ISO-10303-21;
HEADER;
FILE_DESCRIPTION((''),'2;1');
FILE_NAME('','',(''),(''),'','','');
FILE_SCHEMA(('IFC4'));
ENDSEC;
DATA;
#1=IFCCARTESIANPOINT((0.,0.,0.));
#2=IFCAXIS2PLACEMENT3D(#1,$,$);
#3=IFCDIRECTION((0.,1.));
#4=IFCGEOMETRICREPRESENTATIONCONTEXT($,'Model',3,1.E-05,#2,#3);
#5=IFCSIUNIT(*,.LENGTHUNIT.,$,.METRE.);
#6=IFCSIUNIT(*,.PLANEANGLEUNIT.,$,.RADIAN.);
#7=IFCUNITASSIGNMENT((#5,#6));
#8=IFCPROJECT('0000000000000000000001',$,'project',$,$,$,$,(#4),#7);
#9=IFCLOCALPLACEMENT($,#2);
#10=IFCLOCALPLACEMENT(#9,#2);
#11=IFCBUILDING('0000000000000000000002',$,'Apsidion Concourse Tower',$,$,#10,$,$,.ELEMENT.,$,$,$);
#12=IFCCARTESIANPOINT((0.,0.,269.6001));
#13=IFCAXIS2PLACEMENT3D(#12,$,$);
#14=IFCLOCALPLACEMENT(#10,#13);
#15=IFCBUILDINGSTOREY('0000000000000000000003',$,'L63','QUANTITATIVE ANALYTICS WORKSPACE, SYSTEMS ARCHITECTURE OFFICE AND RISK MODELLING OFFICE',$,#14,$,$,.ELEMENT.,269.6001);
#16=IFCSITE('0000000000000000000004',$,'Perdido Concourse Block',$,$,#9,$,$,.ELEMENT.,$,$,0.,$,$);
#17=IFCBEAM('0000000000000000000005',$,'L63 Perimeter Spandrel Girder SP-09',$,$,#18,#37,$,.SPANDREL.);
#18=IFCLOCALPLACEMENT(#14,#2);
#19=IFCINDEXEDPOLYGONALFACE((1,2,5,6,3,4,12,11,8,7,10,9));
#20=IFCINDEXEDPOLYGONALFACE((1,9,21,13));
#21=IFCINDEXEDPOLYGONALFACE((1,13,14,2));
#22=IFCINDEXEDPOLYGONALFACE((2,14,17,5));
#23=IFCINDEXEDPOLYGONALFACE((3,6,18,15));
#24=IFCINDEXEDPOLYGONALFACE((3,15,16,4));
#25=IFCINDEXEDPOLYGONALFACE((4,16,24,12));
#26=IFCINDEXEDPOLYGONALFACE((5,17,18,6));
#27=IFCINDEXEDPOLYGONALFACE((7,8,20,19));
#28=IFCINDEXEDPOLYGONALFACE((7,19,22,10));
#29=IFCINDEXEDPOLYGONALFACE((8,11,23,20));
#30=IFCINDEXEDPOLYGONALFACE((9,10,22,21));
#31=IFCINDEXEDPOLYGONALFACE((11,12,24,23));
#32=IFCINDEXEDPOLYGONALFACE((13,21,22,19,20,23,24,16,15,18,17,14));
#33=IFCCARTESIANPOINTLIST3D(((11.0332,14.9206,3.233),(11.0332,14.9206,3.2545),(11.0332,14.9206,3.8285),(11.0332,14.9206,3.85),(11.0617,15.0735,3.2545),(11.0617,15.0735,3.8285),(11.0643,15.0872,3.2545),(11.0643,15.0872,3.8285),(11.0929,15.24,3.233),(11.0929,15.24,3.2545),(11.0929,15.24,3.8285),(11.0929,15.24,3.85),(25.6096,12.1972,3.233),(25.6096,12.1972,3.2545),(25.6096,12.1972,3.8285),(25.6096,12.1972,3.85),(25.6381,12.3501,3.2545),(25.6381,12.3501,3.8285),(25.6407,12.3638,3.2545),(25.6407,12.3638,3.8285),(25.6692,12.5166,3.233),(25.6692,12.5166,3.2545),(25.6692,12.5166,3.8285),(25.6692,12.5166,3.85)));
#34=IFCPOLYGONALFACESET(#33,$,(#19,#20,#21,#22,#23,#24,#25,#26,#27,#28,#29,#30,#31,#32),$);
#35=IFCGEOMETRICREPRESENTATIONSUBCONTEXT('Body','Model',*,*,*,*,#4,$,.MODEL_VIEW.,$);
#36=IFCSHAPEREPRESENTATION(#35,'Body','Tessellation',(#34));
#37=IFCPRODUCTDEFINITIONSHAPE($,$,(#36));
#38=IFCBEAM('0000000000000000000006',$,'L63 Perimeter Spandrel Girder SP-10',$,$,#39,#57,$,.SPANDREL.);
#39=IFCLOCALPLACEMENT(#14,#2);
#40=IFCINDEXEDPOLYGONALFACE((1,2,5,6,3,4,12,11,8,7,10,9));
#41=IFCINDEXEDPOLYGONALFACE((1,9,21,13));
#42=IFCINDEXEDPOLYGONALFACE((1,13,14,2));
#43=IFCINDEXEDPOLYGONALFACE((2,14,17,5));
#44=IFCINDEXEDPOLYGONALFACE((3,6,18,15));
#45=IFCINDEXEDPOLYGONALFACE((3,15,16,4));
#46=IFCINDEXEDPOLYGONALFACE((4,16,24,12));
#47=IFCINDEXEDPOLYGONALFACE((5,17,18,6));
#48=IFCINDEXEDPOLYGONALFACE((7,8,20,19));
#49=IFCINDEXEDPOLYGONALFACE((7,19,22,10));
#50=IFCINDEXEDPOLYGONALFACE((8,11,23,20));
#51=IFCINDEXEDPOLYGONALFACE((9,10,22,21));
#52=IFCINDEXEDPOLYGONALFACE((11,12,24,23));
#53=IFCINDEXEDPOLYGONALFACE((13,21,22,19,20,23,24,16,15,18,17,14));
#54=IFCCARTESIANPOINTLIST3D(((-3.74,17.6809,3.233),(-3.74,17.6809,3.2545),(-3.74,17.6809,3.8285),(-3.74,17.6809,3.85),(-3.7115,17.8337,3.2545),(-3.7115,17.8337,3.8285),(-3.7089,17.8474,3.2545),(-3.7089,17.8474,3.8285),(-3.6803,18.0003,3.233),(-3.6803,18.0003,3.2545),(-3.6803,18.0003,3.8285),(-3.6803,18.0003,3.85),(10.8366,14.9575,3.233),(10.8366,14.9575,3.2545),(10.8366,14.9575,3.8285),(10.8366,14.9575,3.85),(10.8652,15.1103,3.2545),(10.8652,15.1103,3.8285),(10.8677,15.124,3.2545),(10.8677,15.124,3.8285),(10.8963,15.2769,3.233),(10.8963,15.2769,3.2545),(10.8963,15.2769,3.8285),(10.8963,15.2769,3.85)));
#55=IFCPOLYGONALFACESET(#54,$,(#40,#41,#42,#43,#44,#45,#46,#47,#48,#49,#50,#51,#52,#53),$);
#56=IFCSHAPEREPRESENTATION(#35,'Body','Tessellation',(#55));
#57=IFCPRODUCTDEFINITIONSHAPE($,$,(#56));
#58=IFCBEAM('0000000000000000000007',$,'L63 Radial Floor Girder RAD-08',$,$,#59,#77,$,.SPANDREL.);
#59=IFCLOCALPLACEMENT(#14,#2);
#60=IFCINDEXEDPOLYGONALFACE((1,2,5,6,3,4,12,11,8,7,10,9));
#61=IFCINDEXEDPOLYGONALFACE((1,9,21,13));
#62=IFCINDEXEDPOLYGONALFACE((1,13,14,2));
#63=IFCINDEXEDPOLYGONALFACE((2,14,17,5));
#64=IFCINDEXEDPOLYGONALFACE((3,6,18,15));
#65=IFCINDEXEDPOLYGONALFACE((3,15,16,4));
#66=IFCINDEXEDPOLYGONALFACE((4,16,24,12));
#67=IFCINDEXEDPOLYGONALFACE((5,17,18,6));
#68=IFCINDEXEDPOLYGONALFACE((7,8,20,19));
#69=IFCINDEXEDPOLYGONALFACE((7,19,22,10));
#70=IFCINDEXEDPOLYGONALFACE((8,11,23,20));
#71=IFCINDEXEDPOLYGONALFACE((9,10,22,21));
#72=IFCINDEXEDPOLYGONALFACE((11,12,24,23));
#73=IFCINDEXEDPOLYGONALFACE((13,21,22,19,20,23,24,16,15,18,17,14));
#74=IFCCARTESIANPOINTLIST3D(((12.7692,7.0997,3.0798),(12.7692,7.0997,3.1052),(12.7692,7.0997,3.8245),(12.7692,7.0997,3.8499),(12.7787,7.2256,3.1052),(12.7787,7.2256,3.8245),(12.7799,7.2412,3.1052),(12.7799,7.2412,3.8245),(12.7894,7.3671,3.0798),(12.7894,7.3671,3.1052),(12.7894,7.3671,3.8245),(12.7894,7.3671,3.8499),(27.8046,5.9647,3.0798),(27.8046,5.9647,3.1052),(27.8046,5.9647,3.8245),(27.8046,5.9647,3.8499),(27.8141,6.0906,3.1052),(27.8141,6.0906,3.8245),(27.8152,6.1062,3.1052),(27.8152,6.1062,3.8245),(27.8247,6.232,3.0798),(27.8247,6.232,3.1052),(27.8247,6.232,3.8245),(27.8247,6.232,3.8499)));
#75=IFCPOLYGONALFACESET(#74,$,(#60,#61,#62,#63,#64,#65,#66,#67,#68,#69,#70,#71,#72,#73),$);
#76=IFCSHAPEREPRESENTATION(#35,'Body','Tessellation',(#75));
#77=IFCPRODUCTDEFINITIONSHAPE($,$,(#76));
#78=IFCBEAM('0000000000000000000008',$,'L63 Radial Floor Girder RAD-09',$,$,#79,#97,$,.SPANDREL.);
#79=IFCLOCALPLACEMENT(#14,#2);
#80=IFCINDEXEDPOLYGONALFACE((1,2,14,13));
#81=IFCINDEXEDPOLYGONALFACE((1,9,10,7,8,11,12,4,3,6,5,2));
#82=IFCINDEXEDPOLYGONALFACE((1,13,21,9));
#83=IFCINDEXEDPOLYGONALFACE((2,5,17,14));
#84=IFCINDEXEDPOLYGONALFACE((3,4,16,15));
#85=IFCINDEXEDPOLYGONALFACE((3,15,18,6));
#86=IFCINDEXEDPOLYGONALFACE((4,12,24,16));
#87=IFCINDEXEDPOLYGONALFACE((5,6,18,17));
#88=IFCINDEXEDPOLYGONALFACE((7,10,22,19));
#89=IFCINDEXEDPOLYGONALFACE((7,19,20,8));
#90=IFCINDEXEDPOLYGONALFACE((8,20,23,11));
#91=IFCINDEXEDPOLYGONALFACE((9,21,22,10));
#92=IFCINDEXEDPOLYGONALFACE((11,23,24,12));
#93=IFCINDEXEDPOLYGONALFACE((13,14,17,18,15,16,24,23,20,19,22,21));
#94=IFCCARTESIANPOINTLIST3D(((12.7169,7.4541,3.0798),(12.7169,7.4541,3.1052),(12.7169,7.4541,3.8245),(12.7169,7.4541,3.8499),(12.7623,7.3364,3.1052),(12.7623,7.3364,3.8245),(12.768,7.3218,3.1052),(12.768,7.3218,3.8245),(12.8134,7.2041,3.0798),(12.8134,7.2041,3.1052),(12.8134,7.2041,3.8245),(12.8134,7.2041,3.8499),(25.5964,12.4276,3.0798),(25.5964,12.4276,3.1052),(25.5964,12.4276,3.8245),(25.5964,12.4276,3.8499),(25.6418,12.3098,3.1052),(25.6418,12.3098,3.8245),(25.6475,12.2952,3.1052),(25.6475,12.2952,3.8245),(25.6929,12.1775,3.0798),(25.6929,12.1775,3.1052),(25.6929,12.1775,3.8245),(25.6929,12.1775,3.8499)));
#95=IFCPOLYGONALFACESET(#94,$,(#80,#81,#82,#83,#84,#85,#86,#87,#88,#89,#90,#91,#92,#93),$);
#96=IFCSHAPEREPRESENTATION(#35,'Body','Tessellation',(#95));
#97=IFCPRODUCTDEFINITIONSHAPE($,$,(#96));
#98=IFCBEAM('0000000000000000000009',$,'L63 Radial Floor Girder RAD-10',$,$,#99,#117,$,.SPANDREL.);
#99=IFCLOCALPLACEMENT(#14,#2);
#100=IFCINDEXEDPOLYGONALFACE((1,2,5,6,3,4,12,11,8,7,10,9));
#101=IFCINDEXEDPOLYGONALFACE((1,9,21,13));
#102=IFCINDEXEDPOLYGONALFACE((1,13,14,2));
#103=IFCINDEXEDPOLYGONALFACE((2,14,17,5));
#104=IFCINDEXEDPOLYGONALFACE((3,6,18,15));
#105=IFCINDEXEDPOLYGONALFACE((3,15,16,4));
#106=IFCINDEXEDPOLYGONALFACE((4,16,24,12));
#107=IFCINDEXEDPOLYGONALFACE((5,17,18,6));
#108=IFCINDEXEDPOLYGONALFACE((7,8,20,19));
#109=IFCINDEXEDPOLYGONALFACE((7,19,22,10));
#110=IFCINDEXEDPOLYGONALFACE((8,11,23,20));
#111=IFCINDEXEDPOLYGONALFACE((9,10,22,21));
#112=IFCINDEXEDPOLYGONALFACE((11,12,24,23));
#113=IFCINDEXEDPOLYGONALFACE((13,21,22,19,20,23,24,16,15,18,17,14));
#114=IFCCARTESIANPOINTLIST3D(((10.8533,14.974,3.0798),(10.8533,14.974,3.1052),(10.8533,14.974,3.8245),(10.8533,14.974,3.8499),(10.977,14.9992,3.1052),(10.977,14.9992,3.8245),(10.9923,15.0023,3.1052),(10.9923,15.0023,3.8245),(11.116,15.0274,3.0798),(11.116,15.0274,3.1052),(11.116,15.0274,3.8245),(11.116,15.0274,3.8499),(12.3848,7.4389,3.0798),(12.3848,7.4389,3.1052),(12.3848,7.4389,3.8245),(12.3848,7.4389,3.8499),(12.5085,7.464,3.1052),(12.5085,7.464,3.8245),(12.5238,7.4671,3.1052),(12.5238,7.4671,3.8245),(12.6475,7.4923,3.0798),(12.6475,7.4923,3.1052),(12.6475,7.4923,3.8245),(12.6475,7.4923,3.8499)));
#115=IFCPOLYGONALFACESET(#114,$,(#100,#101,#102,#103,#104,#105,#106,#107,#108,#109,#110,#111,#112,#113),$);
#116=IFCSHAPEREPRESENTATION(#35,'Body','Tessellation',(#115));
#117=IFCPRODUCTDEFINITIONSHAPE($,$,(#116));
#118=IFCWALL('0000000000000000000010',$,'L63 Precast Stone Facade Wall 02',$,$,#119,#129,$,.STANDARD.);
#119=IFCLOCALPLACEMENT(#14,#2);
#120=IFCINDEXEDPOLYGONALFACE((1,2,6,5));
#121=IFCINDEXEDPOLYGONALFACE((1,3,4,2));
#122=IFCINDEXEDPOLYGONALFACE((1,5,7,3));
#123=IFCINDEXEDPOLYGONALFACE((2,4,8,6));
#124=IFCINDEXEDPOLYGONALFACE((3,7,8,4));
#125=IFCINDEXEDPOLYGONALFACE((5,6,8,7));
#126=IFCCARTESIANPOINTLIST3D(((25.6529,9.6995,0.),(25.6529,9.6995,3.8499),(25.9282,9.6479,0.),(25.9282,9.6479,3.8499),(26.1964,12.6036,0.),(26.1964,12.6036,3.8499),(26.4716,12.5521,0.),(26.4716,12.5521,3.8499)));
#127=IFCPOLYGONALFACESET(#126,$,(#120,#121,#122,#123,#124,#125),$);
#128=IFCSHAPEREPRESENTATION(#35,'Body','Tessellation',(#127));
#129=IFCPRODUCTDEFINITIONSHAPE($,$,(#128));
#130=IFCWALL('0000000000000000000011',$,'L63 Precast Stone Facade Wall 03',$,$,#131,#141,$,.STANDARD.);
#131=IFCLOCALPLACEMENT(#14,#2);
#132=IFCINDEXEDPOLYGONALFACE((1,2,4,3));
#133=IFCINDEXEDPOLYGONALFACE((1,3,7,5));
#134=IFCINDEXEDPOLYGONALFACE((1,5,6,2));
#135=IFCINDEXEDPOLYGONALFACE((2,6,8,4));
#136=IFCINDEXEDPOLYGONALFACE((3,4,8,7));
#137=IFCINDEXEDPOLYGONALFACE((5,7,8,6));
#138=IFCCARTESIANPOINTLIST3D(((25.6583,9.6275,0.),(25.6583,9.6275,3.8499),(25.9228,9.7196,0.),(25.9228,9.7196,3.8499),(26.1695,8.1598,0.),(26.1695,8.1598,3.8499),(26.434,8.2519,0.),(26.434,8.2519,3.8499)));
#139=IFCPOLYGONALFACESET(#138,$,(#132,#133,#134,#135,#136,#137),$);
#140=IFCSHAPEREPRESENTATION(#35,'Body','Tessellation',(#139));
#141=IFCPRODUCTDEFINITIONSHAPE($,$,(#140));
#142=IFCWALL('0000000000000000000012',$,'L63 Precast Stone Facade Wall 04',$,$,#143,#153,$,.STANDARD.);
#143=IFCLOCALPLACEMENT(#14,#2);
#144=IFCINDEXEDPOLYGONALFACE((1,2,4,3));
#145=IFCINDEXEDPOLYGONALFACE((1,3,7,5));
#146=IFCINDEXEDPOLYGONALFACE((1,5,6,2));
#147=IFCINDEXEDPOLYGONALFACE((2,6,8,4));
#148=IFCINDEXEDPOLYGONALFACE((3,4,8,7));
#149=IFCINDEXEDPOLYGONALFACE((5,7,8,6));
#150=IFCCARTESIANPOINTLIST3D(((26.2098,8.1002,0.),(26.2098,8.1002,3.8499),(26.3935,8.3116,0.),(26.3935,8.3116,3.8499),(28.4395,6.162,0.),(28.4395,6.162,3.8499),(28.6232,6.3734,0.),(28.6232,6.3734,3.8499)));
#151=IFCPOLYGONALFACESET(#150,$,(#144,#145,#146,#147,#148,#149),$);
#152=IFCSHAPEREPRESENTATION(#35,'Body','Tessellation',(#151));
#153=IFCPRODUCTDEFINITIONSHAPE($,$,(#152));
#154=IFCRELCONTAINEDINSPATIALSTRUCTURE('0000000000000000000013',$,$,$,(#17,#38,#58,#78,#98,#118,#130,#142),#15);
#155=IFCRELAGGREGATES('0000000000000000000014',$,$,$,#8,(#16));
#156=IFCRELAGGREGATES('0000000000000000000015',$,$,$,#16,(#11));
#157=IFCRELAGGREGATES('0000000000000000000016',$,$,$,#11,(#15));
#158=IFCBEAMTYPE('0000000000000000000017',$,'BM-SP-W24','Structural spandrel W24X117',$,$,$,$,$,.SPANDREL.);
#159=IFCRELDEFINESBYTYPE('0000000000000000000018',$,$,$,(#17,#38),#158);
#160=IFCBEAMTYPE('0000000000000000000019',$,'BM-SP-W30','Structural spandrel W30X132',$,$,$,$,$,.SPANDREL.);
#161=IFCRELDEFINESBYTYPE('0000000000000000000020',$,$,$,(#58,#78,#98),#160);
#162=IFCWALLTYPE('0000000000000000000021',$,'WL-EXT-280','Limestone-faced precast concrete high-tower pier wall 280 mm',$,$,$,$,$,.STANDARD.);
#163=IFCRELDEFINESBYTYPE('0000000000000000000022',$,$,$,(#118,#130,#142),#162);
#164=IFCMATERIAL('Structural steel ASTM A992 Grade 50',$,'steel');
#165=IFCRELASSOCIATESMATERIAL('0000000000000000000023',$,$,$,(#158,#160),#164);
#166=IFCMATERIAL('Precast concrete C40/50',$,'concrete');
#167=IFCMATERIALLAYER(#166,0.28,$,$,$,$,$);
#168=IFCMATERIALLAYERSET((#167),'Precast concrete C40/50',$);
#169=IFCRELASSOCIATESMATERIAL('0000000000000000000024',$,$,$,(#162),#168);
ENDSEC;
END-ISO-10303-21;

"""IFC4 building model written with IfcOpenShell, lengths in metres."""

from ifc_helpers import new_model, si_unit, direction, frame, frame_2d, origin, origin_2d, place, context, subcontext, project, spatial, rectangle, i_section, extrude, material, layer, layer_set, material_profile, profile_set, type_object, element, save


model = new_model("IFC4")

# Units and contexts
model_context = context("Model", 3, precision=1e-05, world=origin(), true_north=direction((0.0, 1.0)))
body_context = subcontext(model_context, "Body", "Model", "MODEL_VIEW")
ifc_project = project(units=[si_unit("LENGTHUNIT", "METRE"), si_unit("PLANEANGLEUNIT", "RADIAN")], contexts=[model_context])

# Site, building, storey
site_placement = place(None, origin())
site = spatial("IfcSite", under=ifc_project, at=site_placement, Name="Perdido Concourse Block", CompositionType="ELEMENT", RefElevation=0.0)
building_placement = place(site_placement, origin())
building = spatial("IfcBuilding", under=site, at=building_placement, Name="Apsidion Concourse Tower", CompositionType="ELEMENT")
storey_placement = place(building_placement, frame((0.0, 0.0, 269.6001)))
storey = spatial("IfcBuildingStorey", under=building, at=storey_placement, Name="L63", Description="QUANTITATIVE ANALYTICS WORKSPACE, SYSTEMS ARCHITECTURE OFFICE AND RISK MODELLING OFFICE", CompositionType="ELEMENT", Elevation=269.6001)

# Shared definitions
ifc_material_1 = material(Name="Structural steel ASTM A992 Grade 50", Category="steel")

# Beams
ifc_material_profile_1 = material_profile(ifc_material_1, i_section(OverallWidth=0.325, OverallDepth=0.6169, WebThickness=0.0139, FlangeThickness=0.0215, at=origin_2d()), Name="W24X117")
ifc_profile_set_1 = profile_set([ifc_material_profile_1], Name="Structural steel ASTM A992 Grade 50")
beam_type_1 = type_object("IfcBeamType", Name="BM-SP-W24", Description="Structural spandrel W24X117", PredefinedType="SPANDREL", material=ifc_profile_set_1)
beam_1_placement = place(storey_placement, frame((25.6394, 12.3569, 3.5415), z_axis=(-0.98299, 0.183657, 0.0), x_axis=(-0.183657, -0.98299, 0.0)))
element("IfcBeam", 1, at=beam_1_placement, inside=storey, type_object=beam_type_1, Name="L63 Perimeter Spandrel Girder SP-09", PredefinedType="SPANDREL", context=body_context, shape_type="SweptSolid", body=[
    extrude(i_section(OverallWidth=0.325, OverallDepth=0.6169, WebThickness=0.0139, FlangeThickness=0.0215, at=origin_2d()), origin(), (0.0, 0.0, 1.0), 14.8286),
])
beam_2_placement = place(storey_placement, frame((10.8665, 15.1172, 3.5415), z_axis=(-0.982991, 0.183654, 0.0), x_axis=(-0.183654, -0.982991, 0.0)))
element("IfcBeam", 2, at=beam_2_placement, inside=storey, type_object=beam_type_1, Name="L63 Perimeter Spandrel Girder SP-10", PredefinedType="SPANDREL", context=body_context, shape_type="SweptSolid", body=[
    extrude(i_section(OverallWidth=0.325, OverallDepth=0.6169, WebThickness=0.0139, FlangeThickness=0.0215, at=origin_2d()), origin(), (0.0, 0.0, 1.0), 14.8289),
])
ifc_material_profile_2 = material_profile(ifc_material_1, i_section(OverallWidth=0.2681, OverallDepth=0.77, WebThickness=0.0156, FlangeThickness=0.0254, at=origin_2d()), Name="W30X132")
ifc_profile_set_2 = profile_set([ifc_material_profile_2], Name="Structural steel ASTM A992 Grade 50")
beam_type_2 = type_object("IfcBeamType", Name="BM-SP-W30", Description="Structural spandrel W30X132", PredefinedType="SPANDREL", material=ifc_profile_set_2)
beam_3_placement = place(storey_placement, frame((12.7793, 7.2334, 3.4648), z_axis=(0.997163, -0.075275, 0.0), x_axis=(0.075275, 0.997163, 0.0)))
element("IfcBeam", 3, at=beam_3_placement, inside=storey, type_object=beam_type_2, Name="L63 Radial Floor Girder RAD-08", PredefinedType="SPANDREL", context=body_context, shape_type="SweptSolid", body=[
    extrude(i_section(OverallWidth=0.2681, OverallDepth=0.77, WebThickness=0.0156, FlangeThickness=0.0254, at=origin_2d()), origin(), (0.0, 0.0, 1.0), 15.0781),
])
beam_4_placement = place(storey_placement, frame((12.7651, 7.3291, 3.4648), z_axis=(0.932865, 0.360227, 0.0), x_axis=(-0.360227, 0.932865, 0.0)))
element("IfcBeam", 4, at=beam_4_placement, inside=storey, type_object=beam_type_2, Name="L63 Radial Floor Girder RAD-09", PredefinedType="SPANDREL", context=body_context, shape_type="SweptSolid", body=[
    extrude(i_section(OverallWidth=0.2681, OverallDepth=0.77, WebThickness=0.0156, FlangeThickness=0.0254, at=origin_2d()), origin(), (0.0, 0.0, 1.0), 13.8064),
])
beam_5_placement = place(storey_placement, frame((12.5161, 7.4656, 3.4648), z_axis=(-0.199174, 0.979964, 0.0), x_axis=(-0.979964, -0.199174, 0.0)))
element("IfcBeam", 5, at=beam_5_placement, inside=storey, type_object=beam_type_2, Name="L63 Radial Floor Girder RAD-10", PredefinedType="SPANDREL", context=body_context, shape_type="SweptSolid", body=[
    extrude(i_section(OverallWidth=0.2681, OverallDepth=0.77, WebThickness=0.0156, FlangeThickness=0.0254, at=origin_2d()), origin(), (0.0, 0.0, 1.0), 7.6892),
])

# Walls
ifc_material_2 = material(Name="Precast concrete C40/50", Category="concrete")
ifc_layer_1 = layer(ifc_material_2, 0.28)
ifc_layer_set_1 = layer_set([ifc_layer_1], Name="Precast concrete C40/50")
wall_type_1 = type_object("IfcWallType", Name="WL-EXT-280", Description="Limestone-faced precast concrete high-tower pier wall 280 mm", PredefinedType="STANDARD", material=ifc_layer_set_1)
wall_1_placement = place(storey_placement, frame((26.334, 12.5779, 0.0), z_axis=(0.0, 0.0, 1.0), x_axis=(-0.183929, -0.982939, 0.0)))
element("IfcWall", 6, at=wall_1_placement, inside=storey, type_object=wall_type_1, Name="L63 Precast Stone Facade Wall 02", PredefinedType="STANDARD", context=body_context, shape_type="SweptSolid", body=[
    extrude(rectangle(XDim=2.9546, YDim=0.28, at=frame_2d((1.4773, 0.0))), origin(), (0.0, 0.0, 1.0), 3.8499),
])
wall_2_placement = place(storey_placement, frame((25.7905, 9.6736, 0.0), z_axis=(0.0, 0.0, 1.0), x_axis=(0.328923, -0.944357, 0.0)))
element("IfcWall", 7, at=wall_2_placement, inside=storey, type_object=wall_type_1, Name="L63 Precast Stone Facade Wall 03", PredefinedType="STANDARD", context=body_context, shape_type="SweptSolid", body=[
    extrude(rectangle(XDim=1.5542, YDim=0.28, at=frame_2d((0.7771, 0.0))), origin(), (0.0, 0.0, 1.0), 3.8499),
])
wall_3_placement = place(storey_placement, frame((26.3018, 8.2058, 0.0), z_axis=(0.0, 0.0, 1.0), x_axis=(0.754718, -0.65605, 0.0)))
element("IfcWall", 8, at=wall_3_placement, inside=storey, type_object=wall_type_1, Name="L63 Precast Stone Facade Wall 04", PredefinedType="STANDARD", context=body_context, shape_type="SweptSolid", body=[
    extrude(rectangle(XDim=2.9543, YDim=0.28, at=frame_2d((1.4771, 0.0))), origin(), (0.0, 0.0, 1.0), 3.8499),
])

save(model, "model.ifc")
